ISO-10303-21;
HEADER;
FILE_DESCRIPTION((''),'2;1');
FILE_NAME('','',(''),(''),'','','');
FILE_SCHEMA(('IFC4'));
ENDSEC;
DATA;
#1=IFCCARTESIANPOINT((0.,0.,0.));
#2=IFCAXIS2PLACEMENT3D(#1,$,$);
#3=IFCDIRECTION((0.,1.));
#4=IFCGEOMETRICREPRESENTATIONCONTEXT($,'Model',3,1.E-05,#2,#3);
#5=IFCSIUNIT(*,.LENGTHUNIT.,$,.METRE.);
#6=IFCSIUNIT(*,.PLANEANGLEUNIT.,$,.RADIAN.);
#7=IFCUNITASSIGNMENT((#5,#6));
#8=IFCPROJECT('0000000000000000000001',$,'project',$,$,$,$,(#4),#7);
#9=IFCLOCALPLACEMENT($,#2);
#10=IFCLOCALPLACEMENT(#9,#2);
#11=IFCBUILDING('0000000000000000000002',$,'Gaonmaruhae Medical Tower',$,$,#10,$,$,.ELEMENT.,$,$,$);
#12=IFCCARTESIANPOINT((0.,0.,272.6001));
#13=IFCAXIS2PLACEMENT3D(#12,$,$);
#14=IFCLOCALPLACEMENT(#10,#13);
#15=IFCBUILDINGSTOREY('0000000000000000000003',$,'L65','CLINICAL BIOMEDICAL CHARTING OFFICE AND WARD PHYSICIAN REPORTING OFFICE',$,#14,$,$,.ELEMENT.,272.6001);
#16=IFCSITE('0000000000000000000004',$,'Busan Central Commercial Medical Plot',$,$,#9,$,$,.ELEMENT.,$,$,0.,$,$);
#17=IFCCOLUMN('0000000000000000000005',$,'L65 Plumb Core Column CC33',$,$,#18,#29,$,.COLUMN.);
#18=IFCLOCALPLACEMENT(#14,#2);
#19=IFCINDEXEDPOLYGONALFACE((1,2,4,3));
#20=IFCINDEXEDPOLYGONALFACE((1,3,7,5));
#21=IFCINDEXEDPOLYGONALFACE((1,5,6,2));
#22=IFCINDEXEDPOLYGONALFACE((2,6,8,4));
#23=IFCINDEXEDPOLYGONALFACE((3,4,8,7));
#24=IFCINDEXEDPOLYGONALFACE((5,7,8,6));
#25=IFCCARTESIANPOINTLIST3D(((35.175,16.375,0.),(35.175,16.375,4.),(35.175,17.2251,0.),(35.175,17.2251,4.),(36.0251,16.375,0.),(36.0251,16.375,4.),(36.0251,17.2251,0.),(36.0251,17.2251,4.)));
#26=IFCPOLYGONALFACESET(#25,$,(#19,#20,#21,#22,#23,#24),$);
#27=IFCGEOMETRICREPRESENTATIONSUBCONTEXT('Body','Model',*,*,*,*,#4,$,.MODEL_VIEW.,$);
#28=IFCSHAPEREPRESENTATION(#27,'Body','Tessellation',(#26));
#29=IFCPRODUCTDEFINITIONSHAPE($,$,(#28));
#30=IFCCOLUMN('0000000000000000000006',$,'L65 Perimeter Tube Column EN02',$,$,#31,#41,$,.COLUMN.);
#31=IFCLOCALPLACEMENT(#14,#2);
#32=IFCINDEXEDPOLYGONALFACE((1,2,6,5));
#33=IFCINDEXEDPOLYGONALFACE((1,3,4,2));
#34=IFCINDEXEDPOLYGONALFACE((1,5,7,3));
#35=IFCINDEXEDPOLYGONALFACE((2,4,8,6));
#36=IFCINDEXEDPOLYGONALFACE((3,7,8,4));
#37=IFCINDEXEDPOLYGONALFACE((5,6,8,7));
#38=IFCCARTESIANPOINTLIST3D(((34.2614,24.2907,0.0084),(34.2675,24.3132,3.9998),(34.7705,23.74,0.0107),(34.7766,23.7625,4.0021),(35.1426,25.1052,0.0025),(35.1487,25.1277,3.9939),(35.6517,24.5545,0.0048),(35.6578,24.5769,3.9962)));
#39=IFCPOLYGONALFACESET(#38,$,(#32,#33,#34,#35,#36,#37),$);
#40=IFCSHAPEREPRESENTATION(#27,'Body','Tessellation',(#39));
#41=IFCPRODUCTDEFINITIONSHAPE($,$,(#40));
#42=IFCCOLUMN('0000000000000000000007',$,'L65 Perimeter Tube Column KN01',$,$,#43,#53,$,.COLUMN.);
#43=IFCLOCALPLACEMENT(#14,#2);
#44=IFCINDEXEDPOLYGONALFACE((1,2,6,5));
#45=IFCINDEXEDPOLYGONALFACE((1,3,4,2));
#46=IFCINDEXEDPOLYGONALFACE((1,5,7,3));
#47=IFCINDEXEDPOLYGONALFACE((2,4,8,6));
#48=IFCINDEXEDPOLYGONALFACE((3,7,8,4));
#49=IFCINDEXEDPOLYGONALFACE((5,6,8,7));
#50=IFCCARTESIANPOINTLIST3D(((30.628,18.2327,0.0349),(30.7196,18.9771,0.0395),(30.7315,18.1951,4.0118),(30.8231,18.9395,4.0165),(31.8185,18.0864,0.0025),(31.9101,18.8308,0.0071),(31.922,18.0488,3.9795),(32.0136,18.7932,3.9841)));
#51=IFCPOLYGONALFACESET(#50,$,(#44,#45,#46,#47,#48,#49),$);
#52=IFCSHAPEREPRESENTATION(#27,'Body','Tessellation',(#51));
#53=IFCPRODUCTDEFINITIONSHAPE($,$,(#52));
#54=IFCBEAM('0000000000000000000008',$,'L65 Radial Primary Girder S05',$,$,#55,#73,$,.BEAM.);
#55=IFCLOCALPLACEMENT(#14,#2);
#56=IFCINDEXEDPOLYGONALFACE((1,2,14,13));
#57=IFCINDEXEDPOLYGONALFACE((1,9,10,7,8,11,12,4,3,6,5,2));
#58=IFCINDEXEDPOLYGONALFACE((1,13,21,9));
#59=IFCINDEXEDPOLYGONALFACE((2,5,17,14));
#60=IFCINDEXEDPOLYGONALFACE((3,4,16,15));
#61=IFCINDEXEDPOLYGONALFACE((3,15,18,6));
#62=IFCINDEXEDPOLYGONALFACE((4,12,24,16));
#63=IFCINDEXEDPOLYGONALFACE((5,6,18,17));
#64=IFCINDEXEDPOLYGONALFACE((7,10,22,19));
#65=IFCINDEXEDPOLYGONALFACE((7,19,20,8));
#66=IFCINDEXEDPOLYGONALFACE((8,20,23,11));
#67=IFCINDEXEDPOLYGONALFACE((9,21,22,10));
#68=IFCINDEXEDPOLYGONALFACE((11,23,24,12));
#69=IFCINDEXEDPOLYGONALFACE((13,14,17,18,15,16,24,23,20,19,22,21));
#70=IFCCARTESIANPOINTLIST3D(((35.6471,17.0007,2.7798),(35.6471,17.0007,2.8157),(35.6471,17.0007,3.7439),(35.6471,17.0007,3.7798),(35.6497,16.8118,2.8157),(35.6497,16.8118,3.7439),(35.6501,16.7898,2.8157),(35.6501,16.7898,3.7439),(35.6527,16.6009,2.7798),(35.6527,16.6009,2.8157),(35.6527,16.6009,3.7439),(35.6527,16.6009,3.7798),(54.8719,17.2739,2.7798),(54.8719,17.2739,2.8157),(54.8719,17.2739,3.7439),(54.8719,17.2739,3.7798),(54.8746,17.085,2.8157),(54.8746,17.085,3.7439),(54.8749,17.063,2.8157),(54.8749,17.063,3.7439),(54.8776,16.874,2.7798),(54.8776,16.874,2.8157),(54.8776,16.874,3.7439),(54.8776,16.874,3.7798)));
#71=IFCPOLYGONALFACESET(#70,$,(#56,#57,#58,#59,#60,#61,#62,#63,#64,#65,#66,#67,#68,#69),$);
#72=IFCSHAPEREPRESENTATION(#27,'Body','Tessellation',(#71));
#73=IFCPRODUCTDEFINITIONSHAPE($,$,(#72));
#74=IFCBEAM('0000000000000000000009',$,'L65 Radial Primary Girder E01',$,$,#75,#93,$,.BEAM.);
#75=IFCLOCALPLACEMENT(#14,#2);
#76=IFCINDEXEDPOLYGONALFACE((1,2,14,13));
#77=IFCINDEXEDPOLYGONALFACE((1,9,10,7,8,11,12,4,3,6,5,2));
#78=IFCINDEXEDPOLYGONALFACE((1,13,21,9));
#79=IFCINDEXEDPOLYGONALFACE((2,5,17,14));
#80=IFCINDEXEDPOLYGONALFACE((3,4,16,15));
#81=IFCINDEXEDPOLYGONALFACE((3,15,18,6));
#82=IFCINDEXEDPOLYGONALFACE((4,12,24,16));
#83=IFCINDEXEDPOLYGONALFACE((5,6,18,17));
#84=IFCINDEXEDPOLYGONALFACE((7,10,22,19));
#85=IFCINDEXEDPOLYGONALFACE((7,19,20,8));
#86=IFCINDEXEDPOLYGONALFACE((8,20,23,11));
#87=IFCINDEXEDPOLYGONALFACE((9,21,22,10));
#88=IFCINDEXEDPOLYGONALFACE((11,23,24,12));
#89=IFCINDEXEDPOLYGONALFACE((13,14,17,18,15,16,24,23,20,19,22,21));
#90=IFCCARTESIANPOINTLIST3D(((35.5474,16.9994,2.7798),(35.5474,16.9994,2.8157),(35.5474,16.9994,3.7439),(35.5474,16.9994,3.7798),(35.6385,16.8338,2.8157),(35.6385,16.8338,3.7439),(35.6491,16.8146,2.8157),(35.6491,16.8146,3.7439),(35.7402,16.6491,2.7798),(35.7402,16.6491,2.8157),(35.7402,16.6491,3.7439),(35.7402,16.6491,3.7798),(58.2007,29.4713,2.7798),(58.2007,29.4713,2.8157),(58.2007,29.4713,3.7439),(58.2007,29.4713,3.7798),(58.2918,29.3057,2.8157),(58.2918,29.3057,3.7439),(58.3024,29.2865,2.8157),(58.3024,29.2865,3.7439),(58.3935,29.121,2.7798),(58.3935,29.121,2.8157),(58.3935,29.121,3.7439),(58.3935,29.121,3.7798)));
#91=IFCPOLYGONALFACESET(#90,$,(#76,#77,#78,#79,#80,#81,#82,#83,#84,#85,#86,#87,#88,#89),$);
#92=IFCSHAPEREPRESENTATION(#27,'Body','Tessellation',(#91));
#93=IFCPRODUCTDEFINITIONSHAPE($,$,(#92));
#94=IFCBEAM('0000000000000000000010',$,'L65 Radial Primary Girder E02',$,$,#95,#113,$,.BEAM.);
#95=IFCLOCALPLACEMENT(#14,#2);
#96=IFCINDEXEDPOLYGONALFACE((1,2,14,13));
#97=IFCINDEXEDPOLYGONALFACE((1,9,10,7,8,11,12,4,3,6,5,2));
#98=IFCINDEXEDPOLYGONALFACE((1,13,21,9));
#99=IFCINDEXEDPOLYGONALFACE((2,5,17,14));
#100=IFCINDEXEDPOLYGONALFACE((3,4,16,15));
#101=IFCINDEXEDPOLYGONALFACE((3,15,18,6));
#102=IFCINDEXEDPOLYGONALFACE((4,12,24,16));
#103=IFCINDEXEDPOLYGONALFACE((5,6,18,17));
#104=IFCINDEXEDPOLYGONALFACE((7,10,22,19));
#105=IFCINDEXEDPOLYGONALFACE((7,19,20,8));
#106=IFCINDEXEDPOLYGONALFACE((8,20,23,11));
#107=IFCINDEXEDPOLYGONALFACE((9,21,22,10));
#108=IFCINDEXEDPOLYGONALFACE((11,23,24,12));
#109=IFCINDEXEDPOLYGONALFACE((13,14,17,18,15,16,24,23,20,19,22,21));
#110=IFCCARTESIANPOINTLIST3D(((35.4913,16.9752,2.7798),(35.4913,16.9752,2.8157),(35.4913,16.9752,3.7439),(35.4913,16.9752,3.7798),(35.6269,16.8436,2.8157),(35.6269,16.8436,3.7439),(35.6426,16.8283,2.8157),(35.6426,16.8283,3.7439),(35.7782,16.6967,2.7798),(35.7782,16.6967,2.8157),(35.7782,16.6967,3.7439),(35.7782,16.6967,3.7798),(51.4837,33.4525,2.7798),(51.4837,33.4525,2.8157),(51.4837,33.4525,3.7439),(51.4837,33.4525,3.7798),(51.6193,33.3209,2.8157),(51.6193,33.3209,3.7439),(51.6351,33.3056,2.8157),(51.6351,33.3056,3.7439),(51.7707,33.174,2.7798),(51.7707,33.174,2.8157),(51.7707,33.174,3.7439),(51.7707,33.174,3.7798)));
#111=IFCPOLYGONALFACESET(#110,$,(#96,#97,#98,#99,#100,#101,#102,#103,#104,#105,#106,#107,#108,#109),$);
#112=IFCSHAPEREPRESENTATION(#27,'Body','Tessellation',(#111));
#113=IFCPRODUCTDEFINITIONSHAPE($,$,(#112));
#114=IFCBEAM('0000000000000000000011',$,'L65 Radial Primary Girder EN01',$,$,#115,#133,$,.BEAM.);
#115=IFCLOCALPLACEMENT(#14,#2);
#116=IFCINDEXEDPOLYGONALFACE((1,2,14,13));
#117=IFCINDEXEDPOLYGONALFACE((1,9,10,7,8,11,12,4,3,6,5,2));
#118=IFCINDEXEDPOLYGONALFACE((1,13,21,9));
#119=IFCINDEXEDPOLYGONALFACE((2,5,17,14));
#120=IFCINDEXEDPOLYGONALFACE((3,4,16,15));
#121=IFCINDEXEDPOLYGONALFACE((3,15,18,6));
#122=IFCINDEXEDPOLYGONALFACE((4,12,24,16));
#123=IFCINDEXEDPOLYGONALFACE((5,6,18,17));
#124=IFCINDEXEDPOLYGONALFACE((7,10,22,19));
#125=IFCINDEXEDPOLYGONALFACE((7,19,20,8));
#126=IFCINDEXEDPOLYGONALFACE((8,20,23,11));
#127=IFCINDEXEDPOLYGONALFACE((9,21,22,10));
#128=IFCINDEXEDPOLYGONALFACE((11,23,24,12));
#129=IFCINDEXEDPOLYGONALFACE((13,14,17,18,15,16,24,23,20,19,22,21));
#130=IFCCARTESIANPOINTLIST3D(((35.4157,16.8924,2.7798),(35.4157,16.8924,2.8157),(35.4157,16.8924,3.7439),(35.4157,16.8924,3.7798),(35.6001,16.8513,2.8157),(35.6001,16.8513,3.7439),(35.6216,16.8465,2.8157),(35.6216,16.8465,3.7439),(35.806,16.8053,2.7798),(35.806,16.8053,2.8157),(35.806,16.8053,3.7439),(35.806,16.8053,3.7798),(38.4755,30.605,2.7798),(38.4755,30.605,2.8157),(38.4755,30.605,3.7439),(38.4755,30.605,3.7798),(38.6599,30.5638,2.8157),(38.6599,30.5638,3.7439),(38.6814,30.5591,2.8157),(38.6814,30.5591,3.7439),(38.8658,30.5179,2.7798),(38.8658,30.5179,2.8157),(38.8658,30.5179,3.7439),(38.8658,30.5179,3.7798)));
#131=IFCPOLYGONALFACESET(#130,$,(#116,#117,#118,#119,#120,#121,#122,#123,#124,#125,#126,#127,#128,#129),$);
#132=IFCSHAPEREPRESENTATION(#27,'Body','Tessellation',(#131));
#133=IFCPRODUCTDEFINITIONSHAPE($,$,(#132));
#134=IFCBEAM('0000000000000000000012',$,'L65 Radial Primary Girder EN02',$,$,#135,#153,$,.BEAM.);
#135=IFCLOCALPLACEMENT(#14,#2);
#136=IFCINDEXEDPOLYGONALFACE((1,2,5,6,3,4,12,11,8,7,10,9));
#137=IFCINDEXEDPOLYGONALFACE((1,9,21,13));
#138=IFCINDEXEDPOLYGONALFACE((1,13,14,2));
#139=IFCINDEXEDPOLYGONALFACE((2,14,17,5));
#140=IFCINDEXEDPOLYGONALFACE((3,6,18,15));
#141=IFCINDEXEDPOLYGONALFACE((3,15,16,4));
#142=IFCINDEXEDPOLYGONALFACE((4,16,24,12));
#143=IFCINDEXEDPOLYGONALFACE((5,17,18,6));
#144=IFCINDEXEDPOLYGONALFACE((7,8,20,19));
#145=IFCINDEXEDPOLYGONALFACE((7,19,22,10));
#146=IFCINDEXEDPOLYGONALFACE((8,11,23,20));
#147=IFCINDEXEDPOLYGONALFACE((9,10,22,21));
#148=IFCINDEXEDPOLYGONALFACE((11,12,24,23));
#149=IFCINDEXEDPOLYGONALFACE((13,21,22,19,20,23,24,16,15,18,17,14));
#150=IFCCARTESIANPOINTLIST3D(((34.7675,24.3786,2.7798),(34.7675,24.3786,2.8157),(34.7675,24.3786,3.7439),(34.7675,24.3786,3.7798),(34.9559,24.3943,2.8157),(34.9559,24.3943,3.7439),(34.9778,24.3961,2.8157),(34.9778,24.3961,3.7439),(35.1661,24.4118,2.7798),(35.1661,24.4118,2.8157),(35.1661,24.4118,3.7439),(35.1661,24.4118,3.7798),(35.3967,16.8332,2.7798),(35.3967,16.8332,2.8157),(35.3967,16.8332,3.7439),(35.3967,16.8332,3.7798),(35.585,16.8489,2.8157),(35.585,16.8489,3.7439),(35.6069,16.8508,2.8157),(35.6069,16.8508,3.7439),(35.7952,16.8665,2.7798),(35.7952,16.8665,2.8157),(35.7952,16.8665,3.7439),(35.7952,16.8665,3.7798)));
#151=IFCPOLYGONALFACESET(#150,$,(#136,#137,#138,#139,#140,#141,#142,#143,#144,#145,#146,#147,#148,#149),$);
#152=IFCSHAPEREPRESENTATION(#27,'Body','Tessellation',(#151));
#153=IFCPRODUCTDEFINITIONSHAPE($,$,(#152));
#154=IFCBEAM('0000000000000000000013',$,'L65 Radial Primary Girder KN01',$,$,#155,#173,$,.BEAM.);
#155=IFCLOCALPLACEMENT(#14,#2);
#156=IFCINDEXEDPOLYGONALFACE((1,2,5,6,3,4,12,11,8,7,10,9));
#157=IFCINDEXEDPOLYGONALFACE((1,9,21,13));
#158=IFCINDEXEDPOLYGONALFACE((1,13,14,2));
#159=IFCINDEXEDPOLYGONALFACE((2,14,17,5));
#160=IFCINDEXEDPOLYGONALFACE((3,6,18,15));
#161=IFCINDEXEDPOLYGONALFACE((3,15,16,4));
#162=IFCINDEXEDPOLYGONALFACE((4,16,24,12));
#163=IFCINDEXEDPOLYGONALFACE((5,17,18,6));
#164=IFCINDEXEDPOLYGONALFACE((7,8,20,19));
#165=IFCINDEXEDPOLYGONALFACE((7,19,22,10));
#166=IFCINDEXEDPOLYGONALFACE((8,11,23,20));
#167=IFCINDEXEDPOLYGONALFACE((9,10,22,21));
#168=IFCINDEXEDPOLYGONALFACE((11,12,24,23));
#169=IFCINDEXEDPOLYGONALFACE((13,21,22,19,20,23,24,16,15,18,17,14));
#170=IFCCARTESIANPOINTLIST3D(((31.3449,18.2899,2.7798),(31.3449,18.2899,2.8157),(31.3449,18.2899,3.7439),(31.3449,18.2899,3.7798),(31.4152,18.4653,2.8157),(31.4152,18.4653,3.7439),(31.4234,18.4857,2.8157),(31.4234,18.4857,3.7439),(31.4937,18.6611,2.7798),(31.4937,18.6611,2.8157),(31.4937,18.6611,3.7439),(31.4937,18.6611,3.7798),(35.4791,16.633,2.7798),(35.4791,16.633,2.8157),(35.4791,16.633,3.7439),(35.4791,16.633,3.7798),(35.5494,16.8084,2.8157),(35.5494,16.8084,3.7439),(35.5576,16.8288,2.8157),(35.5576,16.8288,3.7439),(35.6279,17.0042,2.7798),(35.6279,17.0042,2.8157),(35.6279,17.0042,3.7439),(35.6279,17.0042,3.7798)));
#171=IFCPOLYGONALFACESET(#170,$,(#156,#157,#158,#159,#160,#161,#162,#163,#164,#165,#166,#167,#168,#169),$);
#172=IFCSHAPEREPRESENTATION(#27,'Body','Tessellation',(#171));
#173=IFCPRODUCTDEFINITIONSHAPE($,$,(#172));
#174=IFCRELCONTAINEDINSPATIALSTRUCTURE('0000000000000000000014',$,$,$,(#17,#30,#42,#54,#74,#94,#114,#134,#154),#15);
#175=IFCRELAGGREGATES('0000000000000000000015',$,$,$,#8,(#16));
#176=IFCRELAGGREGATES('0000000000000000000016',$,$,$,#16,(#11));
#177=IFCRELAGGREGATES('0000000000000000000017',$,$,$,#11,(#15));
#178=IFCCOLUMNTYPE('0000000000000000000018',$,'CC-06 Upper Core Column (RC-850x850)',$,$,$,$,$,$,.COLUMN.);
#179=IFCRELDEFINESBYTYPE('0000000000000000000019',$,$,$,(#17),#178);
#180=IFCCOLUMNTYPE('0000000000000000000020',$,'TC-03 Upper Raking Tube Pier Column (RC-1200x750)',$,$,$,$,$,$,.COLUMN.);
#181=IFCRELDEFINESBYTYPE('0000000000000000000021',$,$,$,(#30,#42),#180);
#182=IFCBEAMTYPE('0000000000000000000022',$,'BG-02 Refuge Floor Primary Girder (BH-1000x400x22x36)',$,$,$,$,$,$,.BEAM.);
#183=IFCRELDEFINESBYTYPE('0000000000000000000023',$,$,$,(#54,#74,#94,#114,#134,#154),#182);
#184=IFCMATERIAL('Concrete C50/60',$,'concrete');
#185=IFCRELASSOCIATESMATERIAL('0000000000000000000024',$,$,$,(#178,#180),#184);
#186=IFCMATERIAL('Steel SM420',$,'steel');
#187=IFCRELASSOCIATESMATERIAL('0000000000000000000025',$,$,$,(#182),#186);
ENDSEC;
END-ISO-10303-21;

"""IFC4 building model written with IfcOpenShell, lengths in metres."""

from ifc_helpers import new_model, si_unit, direction, frame, origin, origin_2d, place, context, subcontext, project, spatial, rectangle, i_section, extrude, material, material_profile, profile_set, type_object, element, save


model = new_model("IFC4")

# Units and contexts
model_context = context("Model", 3, precision=1e-05, world=origin(), true_north=direction((0.0, 1.0)))
body_context = subcontext(model_context, "Body", "Model", "MODEL_VIEW")
ifc_project = project(units=[si_unit("LENGTHUNIT", "METRE"), si_unit("PLANEANGLEUNIT", "RADIAN")], contexts=[model_context])

# Site, building, storey
site_placement = place(None, origin())
site = spatial("IfcSite", under=ifc_project, at=site_placement, Name="Busan Central Commercial Medical Plot", CompositionType="ELEMENT", RefElevation=0.0)
building_placement = place(site_placement, origin())
building = spatial("IfcBuilding", under=site, at=building_placement, Name="Gaonmaruhae Medical Tower", CompositionType="ELEMENT")
storey_placement = place(building_placement, frame((0.0, 0.0, 272.6001)))
storey = spatial("IfcBuildingStorey", under=building, at=storey_placement, Name="L65", Description="CLINICAL BIOMEDICAL CHARTING OFFICE AND WARD PHYSICIAN REPORTING OFFICE", CompositionType="ELEMENT", Elevation=272.6001)

# Columns
ifc_material_1 = material(Name="Concrete C50/60", Category="concrete")
ifc_material_profile_1 = material_profile(ifc_material_1, rectangle(XDim=0.8501, YDim=0.8501, at=origin_2d()), Name="RC-850x850")
ifc_profile_set_1 = profile_set([ifc_material_profile_1], Name="Concrete C50/60")
column_type_1 = type_object("IfcColumnType", Name="CC-06 Upper Core Column (RC-850x850)", PredefinedType="COLUMN", material=ifc_profile_set_1)
column_1_placement = place(storey_placement, frame((35.6001, 16.8, 0.0), z_axis=(0.0, 0.0, 1.0), x_axis=(1.0, 0.0, 0.0)))
element("IfcColumn", 1, at=column_1_placement, inside=storey, type_object=column_type_1, Name="L65 Plumb Core Column CC33", PredefinedType="COLUMN", context=body_context, shape_type="SweptSolid", body=[
    extrude(rectangle(XDim=0.8501, YDim=0.8501, at=origin_2d()), origin(), (0.0, 0.0, 1.0), 4.0),
])
ifc_material_profile_2 = material_profile(ifc_material_1, rectangle(XDim=1.2, YDim=0.75, at=origin_2d()), Name="RC-1200x750")
ifc_profile_set_2 = profile_set([ifc_material_profile_2], Name="Concrete C50/60")
column_type_2 = type_object("IfcColumnType", Name="TC-03 Upper Raking Tube Pier Column (RC-1200x750)", PredefinedType="COLUMN", material=ifc_profile_set_2)
column_2_placement = place(storey_placement, frame((34.9565, 24.4226, 0.0066), z_axis=(0.001529, 0.005627, 0.999983), x_axis=(-0.734347, -0.678756, 0.004942)))
element("IfcColumn", 2, at=column_2_placement, inside=storey, type_object=column_type_2, Name="L65 Perimeter Tube Column EN02", PredefinedType="COLUMN", context=body_context, shape_type="SweptSolid", body=[
    extrude(rectangle(XDim=1.2, YDim=0.75, at=origin_2d()), origin(), (0.0, 0.0, 1.0), 3.9915),
])
column_3_placement = place(storey_placement, frame((31.269, 18.5317, 0.021), z_axis=(0.026018, -0.00945, 0.999617), x_axis=(-0.992171, 0.121939, 0.026977)))
element("IfcColumn", 3, at=column_3_placement, inside=storey, type_object=column_type_2, Name="L65 Perimeter Tube Column KN01", PredefinedType="COLUMN", context=body_context, shape_type="SweptSolid", body=[
    extrude(rectangle(XDim=1.2, YDim=0.75, at=origin_2d()), origin(), (0.0, 0.0, 1.0), 3.9785),
])

# Beams
ifc_material_2 = material(Name="Steel SM420", Category="steel")
ifc_material_profile_3 = material_profile(ifc_material_2, i_section(OverallWidth=0.3999, OverallDepth=1.0, WebThickness=0.022, FlangeThickness=0.0359, at=origin_2d()), Name="BH-1000x400x22x36")
ifc_profile_set_3 = profile_set([ifc_material_profile_3], Name="Steel SM420")
beam_type_1 = type_object("IfcBeamType", Name="BG-02 Refuge Floor Primary Girder (BH-1000x400x22x36)", PredefinedType="BEAM", material=ifc_profile_set_3)
beam_1_placement = place(storey_placement, frame((35.6499, 16.8008, 3.2798), z_axis=(0.999899, 0.014209, 0.0), x_axis=(-0.014209, 0.999899, 0.0)))
element("IfcBeam", 4, at=beam_1_placement, inside=storey, type_object=beam_type_1, Name="L65 Radial Primary Girder S05", PredefinedType="BEAM", context=body_context, shape_type="SweptSolid", body=[
    extrude(i_section(OverallWidth=0.3999, OverallDepth=1.0, WebThickness=0.022, FlangeThickness=0.0359, at=origin_2d()), origin(), (0.0, 0.0, 1.0), 19.2268),
])
beam_2_placement = place(storey_placement, frame((35.6438, 16.8242, 3.2798), z_axis=(0.87601, 0.482293, 0.0), x_axis=(-0.482293, 0.87601, 0.0)))
element("IfcBeam", 5, at=beam_2_placement, inside=storey, type_object=beam_type_1, Name="L65 Radial Primary Girder E01", PredefinedType="BEAM", context=body_context, shape_type="SweptSolid", body=[
    extrude(i_section(OverallWidth=0.3999, OverallDepth=1.0, WebThickness=0.022, FlangeThickness=0.0359, at=origin_2d()), origin(), (0.0, 0.0, 1.0), 25.8596),
])
beam_3_placement = place(storey_placement, frame((35.6348, 16.8359, 3.2798), z_axis=(0.69647, 0.717586, 0.0), x_axis=(-0.717586, 0.69647, 0.0)))
element("IfcBeam", 6, at=beam_3_placement, inside=storey, type_object=beam_type_1, Name="L65 Radial Primary Girder E02", PredefinedType="BEAM", context=body_context, shape_type="SweptSolid", body=[
    extrude(i_section(OverallWidth=0.3999, OverallDepth=1.0, WebThickness=0.022, FlangeThickness=0.0359, at=origin_2d()), origin(), (0.0, 0.0, 1.0), 22.9622),
])
beam_4_placement = place(storey_placement, frame((35.6108, 16.8489, 3.2798), z_axis=(0.217782, 0.975997, 0.0), x_axis=(-0.975997, 0.217782, 0.0)))
element("IfcBeam", 7, at=beam_4_placement, inside=storey, type_object=beam_type_1, Name="L65 Radial Primary Girder EN01", PredefinedType="BEAM", context=body_context, shape_type="SweptSolid", body=[
    extrude(i_section(OverallWidth=0.3999, OverallDepth=1.0, WebThickness=0.022, FlangeThickness=0.0359, at=origin_2d()), origin(), (0.0, 0.0, 1.0), 14.0498),
])
beam_5_placement = place(storey_placement, frame((35.5959, 16.8499, 3.2798), z_axis=(-0.083094, 0.996542, 0.0), x_axis=(-0.996542, -0.083094, 0.0)))
element("IfcBeam", 8, at=beam_5_placement, inside=storey, type_object=beam_type_1, Name="L65 Radial Primary Girder EN02", PredefinedType="BEAM", context=body_context, shape_type="SweptSolid", body=[
    extrude(i_section(OverallWidth=0.3999, OverallDepth=1.0, WebThickness=0.022, FlangeThickness=0.0359, at=origin_2d()), origin(), (0.0, 0.0, 1.0), 7.5715),
])
beam_6_placement = place(storey_placement, frame((35.5535, 16.8186, 3.2798), z_axis=(-0.928223, 0.372024, 0.0), x_axis=(-0.372024, -0.928223, 0.0)))
element("IfcBeam", 9, at=beam_6_placement, inside=storey, type_object=beam_type_1, Name="L65 Radial Primary Girder KN01", PredefinedType="BEAM", context=body_context, shape_type="SweptSolid", body=[
    extrude(i_section(OverallWidth=0.3999, OverallDepth=1.0, WebThickness=0.022, FlangeThickness=0.0359, at=origin_2d()), origin(), (0.0, 0.0, 1.0), 4.4539),
])

save(model, "model.ifc")
